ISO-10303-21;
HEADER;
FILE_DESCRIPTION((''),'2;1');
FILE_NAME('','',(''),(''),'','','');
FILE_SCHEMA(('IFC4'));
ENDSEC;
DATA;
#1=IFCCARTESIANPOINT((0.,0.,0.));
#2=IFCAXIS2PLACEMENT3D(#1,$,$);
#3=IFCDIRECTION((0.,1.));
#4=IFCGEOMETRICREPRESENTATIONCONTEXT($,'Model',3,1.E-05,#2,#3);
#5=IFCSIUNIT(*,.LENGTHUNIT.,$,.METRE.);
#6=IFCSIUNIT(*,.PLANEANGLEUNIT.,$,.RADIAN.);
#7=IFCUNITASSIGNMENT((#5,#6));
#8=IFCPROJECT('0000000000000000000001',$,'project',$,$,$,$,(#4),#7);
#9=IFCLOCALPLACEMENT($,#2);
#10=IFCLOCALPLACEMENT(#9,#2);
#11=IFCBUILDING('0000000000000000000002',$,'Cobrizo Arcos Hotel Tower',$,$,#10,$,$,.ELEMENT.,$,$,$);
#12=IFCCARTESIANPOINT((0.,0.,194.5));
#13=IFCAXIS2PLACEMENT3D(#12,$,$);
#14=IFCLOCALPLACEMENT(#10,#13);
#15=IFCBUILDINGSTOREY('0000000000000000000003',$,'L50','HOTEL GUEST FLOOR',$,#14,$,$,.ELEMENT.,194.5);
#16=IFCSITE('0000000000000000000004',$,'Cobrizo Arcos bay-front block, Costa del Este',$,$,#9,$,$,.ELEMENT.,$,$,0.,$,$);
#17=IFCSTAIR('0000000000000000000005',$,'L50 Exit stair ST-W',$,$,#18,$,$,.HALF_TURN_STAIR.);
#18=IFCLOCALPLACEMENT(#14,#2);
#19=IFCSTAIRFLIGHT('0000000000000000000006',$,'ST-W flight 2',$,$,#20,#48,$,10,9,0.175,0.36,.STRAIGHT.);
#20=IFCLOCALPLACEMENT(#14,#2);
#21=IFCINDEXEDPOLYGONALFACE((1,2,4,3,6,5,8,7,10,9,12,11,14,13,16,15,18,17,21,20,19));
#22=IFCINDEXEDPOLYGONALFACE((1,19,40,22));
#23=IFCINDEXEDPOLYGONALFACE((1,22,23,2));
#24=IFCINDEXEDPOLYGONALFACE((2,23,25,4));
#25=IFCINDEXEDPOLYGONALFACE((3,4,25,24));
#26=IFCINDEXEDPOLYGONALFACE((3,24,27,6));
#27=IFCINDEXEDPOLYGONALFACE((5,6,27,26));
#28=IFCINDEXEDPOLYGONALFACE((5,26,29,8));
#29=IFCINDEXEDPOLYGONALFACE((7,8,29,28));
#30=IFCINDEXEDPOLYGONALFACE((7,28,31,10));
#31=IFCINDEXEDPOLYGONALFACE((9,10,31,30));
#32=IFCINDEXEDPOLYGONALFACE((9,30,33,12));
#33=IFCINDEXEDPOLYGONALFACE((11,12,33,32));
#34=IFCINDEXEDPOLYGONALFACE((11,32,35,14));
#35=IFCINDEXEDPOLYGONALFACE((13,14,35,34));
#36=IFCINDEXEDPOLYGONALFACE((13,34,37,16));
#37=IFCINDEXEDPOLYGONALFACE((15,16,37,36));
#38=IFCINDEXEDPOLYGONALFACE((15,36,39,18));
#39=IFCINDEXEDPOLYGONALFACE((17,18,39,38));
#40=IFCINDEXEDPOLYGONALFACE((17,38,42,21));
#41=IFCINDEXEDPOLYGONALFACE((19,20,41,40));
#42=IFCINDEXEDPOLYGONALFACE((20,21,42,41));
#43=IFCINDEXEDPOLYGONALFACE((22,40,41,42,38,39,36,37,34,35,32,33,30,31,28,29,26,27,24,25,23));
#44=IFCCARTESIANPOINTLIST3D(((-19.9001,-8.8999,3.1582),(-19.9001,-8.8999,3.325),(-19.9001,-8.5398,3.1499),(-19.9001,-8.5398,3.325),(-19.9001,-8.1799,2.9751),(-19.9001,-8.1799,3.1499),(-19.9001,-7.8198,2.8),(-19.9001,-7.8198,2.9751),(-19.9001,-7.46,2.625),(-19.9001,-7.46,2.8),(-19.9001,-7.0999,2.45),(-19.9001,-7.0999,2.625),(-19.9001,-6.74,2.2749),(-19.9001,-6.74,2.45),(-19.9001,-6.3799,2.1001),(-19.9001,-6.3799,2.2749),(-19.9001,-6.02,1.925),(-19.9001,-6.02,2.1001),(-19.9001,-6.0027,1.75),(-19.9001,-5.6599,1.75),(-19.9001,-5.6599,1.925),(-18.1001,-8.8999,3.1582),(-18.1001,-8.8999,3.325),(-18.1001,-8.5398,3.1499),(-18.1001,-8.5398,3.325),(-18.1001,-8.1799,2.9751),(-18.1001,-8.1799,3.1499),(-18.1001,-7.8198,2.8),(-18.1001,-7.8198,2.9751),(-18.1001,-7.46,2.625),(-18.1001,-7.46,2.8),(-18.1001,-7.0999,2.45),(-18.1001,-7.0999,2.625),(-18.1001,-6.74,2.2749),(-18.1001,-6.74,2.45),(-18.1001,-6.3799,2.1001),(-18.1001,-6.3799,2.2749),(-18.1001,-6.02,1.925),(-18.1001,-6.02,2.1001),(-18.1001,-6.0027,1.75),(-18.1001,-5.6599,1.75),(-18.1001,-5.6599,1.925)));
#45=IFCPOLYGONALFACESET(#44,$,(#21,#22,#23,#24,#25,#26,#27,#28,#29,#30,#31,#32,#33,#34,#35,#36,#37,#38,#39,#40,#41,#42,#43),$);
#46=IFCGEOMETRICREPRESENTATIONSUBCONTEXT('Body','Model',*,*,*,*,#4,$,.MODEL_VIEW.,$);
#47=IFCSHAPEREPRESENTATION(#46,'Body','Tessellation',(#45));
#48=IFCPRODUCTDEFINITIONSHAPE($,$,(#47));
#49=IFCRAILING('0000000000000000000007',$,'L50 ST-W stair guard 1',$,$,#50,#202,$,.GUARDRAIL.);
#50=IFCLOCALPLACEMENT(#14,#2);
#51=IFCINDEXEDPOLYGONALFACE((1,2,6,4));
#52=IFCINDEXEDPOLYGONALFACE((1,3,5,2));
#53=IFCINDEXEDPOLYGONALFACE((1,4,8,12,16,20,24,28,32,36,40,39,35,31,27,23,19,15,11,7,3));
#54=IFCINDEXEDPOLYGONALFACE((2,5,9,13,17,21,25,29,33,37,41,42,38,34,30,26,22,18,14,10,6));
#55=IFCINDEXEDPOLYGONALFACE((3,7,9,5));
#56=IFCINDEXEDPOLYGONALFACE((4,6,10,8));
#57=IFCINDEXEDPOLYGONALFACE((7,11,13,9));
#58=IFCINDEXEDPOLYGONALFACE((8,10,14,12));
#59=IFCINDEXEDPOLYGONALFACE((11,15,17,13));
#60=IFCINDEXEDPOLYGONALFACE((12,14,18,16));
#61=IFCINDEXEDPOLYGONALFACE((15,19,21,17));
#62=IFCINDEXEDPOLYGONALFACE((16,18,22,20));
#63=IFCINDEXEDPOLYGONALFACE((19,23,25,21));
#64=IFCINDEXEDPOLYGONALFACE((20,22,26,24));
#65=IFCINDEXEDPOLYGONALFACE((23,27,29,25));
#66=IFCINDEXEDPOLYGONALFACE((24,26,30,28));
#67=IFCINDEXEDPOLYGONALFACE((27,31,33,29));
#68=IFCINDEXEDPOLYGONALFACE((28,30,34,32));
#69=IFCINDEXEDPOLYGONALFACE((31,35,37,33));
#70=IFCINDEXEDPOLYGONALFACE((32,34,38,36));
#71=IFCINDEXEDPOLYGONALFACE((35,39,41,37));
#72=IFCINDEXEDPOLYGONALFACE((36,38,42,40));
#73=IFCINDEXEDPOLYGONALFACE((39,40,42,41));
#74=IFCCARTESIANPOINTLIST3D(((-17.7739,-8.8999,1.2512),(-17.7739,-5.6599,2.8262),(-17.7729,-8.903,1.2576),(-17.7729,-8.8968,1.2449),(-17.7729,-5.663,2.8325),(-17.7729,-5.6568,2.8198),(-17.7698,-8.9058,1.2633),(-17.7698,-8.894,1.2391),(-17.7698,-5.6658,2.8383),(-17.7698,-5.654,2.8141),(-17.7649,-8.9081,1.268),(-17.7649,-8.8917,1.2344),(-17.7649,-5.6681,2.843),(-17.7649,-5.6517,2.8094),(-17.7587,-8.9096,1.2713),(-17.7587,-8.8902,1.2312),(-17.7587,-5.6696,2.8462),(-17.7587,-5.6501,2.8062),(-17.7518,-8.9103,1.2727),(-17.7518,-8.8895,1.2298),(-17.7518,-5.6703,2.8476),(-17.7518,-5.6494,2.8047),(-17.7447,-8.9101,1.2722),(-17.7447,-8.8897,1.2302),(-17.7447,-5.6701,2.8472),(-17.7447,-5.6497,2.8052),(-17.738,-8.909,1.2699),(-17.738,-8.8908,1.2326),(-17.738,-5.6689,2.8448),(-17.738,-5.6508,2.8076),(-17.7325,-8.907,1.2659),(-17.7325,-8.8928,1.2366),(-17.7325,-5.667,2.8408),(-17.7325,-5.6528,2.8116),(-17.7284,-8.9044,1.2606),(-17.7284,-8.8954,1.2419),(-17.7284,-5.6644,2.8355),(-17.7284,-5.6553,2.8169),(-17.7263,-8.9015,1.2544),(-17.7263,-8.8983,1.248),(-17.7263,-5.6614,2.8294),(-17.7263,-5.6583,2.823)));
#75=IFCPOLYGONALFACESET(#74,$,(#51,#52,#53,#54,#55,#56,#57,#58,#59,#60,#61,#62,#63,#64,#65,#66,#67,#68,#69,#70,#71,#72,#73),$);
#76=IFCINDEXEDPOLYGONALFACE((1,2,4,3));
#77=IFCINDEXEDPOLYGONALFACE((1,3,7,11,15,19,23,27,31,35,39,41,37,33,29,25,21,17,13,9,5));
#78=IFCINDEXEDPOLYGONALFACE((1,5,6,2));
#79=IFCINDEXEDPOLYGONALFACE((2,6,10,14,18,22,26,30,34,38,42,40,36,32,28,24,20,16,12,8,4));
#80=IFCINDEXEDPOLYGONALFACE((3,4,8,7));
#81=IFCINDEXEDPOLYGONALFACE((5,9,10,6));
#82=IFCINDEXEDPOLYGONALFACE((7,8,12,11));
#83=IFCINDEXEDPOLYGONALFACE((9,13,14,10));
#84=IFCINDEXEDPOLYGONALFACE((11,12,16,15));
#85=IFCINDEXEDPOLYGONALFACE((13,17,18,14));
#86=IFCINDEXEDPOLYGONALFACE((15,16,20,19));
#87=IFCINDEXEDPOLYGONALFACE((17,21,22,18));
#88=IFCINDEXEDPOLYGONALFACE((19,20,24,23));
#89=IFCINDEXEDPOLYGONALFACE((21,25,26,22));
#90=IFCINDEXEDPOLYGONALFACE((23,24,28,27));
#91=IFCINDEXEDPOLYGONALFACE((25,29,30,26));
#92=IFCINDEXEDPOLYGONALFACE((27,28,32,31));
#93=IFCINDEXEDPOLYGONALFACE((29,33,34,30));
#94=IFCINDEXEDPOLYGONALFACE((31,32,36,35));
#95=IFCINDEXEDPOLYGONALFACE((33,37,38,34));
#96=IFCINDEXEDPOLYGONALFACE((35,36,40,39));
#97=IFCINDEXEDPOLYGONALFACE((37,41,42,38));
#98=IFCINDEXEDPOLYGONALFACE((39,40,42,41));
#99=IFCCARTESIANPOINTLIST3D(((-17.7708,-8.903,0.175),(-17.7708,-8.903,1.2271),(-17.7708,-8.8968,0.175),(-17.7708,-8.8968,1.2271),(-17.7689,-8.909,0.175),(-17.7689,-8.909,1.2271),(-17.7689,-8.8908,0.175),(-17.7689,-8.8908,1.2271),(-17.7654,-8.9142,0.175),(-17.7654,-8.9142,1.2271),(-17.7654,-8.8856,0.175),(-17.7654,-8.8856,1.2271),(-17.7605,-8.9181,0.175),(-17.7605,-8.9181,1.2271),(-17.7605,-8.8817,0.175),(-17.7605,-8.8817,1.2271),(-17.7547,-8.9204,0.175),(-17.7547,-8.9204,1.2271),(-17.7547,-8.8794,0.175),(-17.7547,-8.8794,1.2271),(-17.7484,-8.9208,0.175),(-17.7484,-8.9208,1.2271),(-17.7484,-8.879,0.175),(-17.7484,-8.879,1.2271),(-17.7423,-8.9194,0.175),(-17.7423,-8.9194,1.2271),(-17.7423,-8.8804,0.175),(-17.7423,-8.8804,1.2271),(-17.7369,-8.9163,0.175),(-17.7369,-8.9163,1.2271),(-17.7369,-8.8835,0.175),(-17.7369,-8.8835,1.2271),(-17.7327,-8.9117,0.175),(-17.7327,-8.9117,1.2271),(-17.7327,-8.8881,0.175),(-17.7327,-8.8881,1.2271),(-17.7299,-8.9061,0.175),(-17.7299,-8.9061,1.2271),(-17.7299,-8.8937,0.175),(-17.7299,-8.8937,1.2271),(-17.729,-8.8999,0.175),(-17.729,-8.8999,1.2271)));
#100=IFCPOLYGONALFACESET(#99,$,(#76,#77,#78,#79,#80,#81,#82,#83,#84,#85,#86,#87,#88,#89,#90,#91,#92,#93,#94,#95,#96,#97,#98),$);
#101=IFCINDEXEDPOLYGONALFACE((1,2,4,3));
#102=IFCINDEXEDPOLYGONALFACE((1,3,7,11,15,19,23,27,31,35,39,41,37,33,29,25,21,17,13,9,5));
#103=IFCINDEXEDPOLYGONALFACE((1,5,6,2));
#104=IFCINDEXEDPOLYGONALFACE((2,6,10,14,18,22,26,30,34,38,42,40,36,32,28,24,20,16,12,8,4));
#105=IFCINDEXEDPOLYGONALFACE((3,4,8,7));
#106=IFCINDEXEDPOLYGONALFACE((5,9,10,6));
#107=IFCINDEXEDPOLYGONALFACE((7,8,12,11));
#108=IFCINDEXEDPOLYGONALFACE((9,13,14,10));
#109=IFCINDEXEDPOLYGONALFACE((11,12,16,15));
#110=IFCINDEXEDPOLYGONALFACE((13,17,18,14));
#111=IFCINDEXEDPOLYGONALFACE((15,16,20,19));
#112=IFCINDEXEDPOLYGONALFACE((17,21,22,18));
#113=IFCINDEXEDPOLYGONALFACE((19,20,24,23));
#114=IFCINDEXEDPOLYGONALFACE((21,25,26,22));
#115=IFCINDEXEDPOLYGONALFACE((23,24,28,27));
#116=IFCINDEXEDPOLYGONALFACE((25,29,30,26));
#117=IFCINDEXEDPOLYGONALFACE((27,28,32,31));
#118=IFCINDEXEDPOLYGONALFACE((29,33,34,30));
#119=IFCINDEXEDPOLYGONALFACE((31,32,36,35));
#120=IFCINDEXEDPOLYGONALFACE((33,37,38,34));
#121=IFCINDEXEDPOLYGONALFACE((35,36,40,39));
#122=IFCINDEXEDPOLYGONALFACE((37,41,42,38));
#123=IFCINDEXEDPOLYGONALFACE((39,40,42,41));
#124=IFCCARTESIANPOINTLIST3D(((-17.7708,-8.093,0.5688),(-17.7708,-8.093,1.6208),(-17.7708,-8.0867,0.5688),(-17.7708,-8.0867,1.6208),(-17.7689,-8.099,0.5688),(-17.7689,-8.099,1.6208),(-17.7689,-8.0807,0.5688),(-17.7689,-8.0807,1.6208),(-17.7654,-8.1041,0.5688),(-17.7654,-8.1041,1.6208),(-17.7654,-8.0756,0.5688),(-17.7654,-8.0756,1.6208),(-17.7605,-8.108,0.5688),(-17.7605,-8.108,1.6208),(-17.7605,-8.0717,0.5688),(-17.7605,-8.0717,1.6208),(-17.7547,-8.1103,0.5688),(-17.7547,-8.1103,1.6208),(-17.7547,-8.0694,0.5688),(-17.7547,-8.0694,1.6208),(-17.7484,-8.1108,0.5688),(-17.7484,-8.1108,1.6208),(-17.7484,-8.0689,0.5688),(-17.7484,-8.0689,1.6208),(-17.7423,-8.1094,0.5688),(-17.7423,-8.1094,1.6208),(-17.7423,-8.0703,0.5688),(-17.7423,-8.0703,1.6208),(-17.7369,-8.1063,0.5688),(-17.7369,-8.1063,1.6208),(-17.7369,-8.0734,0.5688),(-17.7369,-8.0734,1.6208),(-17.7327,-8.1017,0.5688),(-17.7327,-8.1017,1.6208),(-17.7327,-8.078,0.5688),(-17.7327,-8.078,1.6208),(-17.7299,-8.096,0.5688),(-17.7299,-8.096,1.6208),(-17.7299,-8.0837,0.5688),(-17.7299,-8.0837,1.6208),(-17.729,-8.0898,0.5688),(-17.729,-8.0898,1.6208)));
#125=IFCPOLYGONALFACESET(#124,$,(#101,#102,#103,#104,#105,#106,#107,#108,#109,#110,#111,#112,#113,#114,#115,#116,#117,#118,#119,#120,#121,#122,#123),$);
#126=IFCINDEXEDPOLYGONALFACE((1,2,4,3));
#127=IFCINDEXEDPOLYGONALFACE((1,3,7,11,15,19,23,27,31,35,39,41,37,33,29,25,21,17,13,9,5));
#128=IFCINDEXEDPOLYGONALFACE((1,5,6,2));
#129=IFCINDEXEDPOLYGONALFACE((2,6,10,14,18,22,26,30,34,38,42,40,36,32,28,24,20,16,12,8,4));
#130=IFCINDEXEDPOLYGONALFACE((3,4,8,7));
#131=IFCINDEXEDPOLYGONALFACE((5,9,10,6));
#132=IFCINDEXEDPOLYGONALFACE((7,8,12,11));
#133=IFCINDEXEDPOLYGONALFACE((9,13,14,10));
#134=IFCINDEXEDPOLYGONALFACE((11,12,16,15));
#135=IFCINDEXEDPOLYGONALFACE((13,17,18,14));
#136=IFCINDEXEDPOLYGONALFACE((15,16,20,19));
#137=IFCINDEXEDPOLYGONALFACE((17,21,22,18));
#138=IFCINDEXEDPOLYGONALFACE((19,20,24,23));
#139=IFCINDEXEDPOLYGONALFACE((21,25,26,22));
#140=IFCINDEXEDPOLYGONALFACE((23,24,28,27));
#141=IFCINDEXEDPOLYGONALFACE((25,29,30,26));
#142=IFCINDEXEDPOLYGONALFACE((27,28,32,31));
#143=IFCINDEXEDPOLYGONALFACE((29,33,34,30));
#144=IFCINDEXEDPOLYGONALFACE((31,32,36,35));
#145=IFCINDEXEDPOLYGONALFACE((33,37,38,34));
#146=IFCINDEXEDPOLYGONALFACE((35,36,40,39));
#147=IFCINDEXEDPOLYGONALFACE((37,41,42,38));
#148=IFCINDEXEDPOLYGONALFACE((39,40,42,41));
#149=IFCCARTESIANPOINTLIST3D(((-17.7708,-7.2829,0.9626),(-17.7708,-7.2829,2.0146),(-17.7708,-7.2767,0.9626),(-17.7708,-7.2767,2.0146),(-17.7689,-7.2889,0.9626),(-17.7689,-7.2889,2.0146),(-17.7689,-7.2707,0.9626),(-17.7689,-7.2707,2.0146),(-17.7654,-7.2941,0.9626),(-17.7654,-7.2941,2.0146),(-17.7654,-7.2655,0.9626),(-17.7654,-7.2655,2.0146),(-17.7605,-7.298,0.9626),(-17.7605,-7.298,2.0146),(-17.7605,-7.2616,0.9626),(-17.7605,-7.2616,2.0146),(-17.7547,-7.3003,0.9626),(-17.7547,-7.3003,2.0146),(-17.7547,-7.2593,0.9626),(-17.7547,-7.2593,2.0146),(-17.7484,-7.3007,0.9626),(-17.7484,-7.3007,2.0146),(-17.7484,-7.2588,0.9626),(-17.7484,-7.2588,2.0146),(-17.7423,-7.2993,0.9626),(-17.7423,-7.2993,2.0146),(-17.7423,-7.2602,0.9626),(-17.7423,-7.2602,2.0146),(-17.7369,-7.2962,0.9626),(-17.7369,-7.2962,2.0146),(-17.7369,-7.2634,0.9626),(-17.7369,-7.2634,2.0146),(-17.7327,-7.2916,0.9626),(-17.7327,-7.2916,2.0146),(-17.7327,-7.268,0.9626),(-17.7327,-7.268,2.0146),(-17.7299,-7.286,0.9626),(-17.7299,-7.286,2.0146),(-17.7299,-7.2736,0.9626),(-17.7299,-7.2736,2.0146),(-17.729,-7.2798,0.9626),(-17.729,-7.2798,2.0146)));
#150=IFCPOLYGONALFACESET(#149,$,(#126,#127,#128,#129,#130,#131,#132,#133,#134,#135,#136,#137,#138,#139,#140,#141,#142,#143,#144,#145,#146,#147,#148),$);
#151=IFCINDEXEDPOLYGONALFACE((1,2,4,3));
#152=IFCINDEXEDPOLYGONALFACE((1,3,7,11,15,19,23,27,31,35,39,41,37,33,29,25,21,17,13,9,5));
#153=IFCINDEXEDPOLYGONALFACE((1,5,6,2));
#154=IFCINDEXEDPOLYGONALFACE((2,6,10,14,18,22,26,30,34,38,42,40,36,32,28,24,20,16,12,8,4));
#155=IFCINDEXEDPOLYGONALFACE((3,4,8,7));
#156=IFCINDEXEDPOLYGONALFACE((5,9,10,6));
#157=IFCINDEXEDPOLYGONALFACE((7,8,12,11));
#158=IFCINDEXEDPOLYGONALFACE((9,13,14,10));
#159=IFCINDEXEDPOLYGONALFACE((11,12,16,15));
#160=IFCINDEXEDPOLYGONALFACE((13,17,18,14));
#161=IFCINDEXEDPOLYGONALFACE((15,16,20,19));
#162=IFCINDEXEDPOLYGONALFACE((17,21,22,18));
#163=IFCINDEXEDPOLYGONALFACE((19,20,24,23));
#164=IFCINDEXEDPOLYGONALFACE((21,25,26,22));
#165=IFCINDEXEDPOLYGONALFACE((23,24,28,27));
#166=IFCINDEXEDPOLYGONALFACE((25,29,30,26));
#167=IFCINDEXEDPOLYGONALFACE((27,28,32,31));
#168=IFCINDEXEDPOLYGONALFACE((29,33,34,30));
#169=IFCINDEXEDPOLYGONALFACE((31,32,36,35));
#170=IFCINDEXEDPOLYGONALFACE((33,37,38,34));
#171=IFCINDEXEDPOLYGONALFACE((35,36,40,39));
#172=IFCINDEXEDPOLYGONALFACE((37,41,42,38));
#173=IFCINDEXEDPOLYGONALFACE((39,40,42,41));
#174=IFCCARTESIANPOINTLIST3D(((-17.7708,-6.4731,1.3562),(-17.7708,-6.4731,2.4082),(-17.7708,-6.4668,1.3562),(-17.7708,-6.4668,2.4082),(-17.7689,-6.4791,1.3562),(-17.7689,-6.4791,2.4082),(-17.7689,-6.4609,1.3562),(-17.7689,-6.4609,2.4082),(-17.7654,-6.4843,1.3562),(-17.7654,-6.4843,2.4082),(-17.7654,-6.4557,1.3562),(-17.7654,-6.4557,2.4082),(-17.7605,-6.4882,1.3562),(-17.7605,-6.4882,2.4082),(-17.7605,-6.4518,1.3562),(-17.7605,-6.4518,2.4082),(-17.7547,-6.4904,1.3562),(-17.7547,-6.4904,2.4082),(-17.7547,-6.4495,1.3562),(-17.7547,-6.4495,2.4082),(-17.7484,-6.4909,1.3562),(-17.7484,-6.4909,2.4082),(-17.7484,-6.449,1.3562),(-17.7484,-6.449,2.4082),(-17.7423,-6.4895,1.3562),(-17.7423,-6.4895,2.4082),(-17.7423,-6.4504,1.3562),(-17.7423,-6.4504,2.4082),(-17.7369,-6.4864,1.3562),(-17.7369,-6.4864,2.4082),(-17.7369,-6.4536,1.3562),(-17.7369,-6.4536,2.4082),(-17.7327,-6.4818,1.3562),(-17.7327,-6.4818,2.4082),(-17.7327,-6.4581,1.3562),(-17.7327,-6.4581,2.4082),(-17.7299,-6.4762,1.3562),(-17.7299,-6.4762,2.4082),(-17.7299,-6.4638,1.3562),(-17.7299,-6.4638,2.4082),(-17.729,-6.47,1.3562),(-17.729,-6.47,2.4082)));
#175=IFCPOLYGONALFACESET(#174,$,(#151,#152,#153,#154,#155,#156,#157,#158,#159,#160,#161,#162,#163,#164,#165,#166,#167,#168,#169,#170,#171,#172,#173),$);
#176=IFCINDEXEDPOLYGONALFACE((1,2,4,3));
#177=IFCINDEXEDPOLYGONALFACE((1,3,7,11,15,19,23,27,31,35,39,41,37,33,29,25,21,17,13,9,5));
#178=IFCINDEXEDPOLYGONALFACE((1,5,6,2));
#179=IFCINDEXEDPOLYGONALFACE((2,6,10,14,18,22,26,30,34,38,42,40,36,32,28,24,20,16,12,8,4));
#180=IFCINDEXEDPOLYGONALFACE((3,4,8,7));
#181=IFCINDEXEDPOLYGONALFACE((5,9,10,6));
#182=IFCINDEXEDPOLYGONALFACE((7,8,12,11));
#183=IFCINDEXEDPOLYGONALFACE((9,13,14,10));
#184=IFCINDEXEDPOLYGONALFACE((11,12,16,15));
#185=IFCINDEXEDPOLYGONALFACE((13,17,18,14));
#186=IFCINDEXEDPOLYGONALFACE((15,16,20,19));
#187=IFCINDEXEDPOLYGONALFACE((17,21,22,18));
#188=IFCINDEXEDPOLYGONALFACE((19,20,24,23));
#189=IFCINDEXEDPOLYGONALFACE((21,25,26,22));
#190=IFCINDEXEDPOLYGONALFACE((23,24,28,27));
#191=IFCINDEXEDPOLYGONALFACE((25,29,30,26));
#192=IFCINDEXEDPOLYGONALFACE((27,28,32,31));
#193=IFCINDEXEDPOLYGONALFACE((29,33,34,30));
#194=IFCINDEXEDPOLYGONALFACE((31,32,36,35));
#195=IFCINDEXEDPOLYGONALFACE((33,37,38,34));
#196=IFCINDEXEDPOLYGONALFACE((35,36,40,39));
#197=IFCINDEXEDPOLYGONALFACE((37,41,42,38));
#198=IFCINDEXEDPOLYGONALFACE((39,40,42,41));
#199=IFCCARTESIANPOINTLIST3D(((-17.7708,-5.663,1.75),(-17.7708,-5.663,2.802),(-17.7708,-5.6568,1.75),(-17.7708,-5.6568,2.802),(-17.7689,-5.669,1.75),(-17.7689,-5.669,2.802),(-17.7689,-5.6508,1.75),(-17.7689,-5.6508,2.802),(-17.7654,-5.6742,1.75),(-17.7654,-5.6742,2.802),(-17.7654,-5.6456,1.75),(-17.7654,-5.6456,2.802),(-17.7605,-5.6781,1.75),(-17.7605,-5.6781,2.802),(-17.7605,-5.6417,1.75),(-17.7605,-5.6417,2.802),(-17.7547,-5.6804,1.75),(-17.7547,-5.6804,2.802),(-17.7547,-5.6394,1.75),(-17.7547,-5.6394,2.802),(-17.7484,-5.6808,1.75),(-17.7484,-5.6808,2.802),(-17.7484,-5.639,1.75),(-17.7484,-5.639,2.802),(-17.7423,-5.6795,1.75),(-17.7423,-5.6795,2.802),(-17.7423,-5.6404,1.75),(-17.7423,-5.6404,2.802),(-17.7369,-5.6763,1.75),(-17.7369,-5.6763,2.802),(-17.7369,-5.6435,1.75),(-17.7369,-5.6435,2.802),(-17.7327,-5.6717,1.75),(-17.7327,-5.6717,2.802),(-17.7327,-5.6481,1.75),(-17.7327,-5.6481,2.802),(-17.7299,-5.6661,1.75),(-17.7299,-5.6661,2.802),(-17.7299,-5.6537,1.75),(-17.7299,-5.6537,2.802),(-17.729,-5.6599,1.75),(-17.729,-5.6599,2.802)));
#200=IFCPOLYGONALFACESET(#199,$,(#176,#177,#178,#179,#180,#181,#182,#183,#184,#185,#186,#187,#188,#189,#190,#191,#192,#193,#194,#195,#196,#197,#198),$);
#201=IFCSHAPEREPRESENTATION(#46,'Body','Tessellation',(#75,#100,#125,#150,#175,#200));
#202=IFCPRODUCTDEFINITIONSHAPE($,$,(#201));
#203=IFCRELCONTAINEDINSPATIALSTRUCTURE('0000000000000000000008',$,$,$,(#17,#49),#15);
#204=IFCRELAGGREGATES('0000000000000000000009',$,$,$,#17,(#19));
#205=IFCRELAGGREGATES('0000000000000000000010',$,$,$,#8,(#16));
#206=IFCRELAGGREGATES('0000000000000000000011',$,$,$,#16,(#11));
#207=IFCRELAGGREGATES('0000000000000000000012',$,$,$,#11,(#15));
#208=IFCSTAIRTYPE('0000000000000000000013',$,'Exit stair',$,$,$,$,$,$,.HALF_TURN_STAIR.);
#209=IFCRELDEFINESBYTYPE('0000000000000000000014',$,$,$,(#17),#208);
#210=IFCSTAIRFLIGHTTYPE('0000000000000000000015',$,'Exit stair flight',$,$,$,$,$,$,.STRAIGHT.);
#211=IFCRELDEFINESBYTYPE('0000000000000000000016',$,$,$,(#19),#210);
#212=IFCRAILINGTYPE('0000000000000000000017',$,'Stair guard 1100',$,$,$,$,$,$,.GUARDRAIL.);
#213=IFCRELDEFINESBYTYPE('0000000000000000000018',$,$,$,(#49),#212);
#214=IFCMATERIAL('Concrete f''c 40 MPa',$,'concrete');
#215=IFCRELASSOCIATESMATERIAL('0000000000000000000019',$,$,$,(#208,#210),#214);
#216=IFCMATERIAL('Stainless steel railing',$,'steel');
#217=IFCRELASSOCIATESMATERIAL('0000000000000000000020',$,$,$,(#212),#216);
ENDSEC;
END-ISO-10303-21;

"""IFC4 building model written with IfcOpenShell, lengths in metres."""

from ifc_helpers import new_model, si_unit, direction, frame, origin, origin_2d, place, context, subcontext, project, spatial, polyline, circle, outline, extrude, material, type_object, element, aggregate, save


model = new_model("IFC4")

# Units and contexts
model_context = context("Model", 3, precision=1e-05, world=origin(), true_north=direction((0.0, 1.0)))
body_context = subcontext(model_context, "Body", "Model", "MODEL_VIEW")
ifc_project = project(units=[si_unit("LENGTHUNIT", "METRE"), si_unit("PLANEANGLEUNIT", "RADIAN")], contexts=[model_context])

# Site, building, storey
site_placement = place(None, origin())
site = spatial("IfcSite", under=ifc_project, at=site_placement, Name="Cobrizo Arcos bay-front block, Costa del Este", CompositionType="ELEMENT", RefElevation=0.0)
building_placement = place(site_placement, origin())
building = spatial("IfcBuilding", under=site, at=building_placement, Name="Cobrizo Arcos Hotel Tower", CompositionType="ELEMENT")
storey_placement = place(building_placement, frame((0.0, 0.0, 194.5)))
storey = spatial("IfcBuildingStorey", under=building, at=storey_placement, Name="L50", Description="HOTEL GUEST FLOOR", CompositionType="ELEMENT", Elevation=194.5)

# Shared definitions
ifc_material_1 = material(Name="Concrete f'c 40 MPa", Category="concrete")

# Stair, stair flight
stair_type = type_object("IfcStairType", Name="Exit stair", PredefinedType="HALF_TURN_STAIR", material=ifc_material_1)
stair_placement = place(storey_placement, origin())
stair = element("IfcStair", 1, at=stair_placement, inside=storey, type_object=stair_type, Name="L50 Exit stair ST-W", PredefinedType="HALF_TURN_STAIR")
stair_flight_type = type_object("IfcStairFlightType", Name="Exit stair flight", PredefinedType="STRAIGHT", material=ifc_material_1)
stair_flight_1_placement = place(storey_placement, frame((-19.0, -5.6599, 1.75), z_axis=(0.0, 0.0, 1.0), x_axis=(0.0, -1.0, 0.0)))
stair_flight_1 = element("IfcStairFlight", 2, at=stair_flight_1_placement, type_object=stair_flight_type, Name="ST-W flight 2", NumberOfRisers=10, NumberOfTreads=9, PredefinedType="STRAIGHT", RiserHeight=0.175, TreadLength=0.36, context=body_context, shape_type="SweptSolid", body=[
    extrude(outline(polyline([(0.0, 0.0), (0.0, 0.175), (0.3601, 0.175), (0.3601, 0.3501), (0.72, 0.3501), (0.72, 0.5249), (1.0801, 0.5249), (1.0801, 0.7), (1.4399, 0.7), (1.4399, 0.875), (1.8, 0.875), (1.8, 1.05), (2.1599, 1.05), (2.1599, 1.2251), (2.52, 1.2251), (2.52, 1.3999), (2.8799, 1.3999), (2.8799, 1.575), (3.24, 1.575), (3.24, 1.75), (3.24, 1.4082), (0.3428, 0.0), (0.0, 0.0)])), frame((0.0, 0.8999, 0.0), z_axis=(0.0, -1.0, 0.0), x_axis=(1.0, 0.0, 0.0)), (0.0, 0.0, 1.0), 1.8),
])
aggregate(stair, [stair_flight_1])

# Railing
ifc_material_2 = material(Name="Stainless steel railing", Category="steel")
railing_type_1 = type_object("IfcRailingType", Name="Stair guard 1100", PredefinedType="GUARDRAIL", material=ifc_material_2)
railing_1_placement = place(storey_placement, frame((-17.75, -8.8999, 0.175)))
element("IfcRailing", 3, at=railing_1_placement, inside=storey, type_object=railing_type_1, Name="L50 ST-W stair guard 1", PredefinedType="GUARDRAIL", context=body_context, shape_type="SweptSolid", body=[
    extrude(circle(Radius=0.0239, at=origin_2d()), frame((0.0, 0.0, 1.0762), z_axis=(0.0, 0.899373, 0.437183), x_axis=(-1.0, 0.0, 0.0)), (0.0, 0.0, 1.0), 3.6025),
    extrude(circle(Radius=0.021, at=origin_2d()), origin(), (0.0, 0.0, 1.0), 1.052),
    extrude(circle(Radius=0.021, at=origin_2d()), frame((0.0, 0.8101, 0.3938)), (0.0, 0.0, 1.0), 1.052),
    extrude(circle(Radius=0.021, at=origin_2d()), frame((0.0, 1.6201, 0.7876)), (0.0, 0.0, 1.0), 1.052),
    extrude(circle(Radius=0.021, at=origin_2d()), frame((0.0, 2.4299, 1.1812)), (0.0, 0.0, 1.0), 1.052),
    extrude(circle(Radius=0.021, at=origin_2d()), frame((0.0, 3.24, 1.575)), (0.0, 0.0, 1.0), 1.052),
])

save(model, "model.ifc")
